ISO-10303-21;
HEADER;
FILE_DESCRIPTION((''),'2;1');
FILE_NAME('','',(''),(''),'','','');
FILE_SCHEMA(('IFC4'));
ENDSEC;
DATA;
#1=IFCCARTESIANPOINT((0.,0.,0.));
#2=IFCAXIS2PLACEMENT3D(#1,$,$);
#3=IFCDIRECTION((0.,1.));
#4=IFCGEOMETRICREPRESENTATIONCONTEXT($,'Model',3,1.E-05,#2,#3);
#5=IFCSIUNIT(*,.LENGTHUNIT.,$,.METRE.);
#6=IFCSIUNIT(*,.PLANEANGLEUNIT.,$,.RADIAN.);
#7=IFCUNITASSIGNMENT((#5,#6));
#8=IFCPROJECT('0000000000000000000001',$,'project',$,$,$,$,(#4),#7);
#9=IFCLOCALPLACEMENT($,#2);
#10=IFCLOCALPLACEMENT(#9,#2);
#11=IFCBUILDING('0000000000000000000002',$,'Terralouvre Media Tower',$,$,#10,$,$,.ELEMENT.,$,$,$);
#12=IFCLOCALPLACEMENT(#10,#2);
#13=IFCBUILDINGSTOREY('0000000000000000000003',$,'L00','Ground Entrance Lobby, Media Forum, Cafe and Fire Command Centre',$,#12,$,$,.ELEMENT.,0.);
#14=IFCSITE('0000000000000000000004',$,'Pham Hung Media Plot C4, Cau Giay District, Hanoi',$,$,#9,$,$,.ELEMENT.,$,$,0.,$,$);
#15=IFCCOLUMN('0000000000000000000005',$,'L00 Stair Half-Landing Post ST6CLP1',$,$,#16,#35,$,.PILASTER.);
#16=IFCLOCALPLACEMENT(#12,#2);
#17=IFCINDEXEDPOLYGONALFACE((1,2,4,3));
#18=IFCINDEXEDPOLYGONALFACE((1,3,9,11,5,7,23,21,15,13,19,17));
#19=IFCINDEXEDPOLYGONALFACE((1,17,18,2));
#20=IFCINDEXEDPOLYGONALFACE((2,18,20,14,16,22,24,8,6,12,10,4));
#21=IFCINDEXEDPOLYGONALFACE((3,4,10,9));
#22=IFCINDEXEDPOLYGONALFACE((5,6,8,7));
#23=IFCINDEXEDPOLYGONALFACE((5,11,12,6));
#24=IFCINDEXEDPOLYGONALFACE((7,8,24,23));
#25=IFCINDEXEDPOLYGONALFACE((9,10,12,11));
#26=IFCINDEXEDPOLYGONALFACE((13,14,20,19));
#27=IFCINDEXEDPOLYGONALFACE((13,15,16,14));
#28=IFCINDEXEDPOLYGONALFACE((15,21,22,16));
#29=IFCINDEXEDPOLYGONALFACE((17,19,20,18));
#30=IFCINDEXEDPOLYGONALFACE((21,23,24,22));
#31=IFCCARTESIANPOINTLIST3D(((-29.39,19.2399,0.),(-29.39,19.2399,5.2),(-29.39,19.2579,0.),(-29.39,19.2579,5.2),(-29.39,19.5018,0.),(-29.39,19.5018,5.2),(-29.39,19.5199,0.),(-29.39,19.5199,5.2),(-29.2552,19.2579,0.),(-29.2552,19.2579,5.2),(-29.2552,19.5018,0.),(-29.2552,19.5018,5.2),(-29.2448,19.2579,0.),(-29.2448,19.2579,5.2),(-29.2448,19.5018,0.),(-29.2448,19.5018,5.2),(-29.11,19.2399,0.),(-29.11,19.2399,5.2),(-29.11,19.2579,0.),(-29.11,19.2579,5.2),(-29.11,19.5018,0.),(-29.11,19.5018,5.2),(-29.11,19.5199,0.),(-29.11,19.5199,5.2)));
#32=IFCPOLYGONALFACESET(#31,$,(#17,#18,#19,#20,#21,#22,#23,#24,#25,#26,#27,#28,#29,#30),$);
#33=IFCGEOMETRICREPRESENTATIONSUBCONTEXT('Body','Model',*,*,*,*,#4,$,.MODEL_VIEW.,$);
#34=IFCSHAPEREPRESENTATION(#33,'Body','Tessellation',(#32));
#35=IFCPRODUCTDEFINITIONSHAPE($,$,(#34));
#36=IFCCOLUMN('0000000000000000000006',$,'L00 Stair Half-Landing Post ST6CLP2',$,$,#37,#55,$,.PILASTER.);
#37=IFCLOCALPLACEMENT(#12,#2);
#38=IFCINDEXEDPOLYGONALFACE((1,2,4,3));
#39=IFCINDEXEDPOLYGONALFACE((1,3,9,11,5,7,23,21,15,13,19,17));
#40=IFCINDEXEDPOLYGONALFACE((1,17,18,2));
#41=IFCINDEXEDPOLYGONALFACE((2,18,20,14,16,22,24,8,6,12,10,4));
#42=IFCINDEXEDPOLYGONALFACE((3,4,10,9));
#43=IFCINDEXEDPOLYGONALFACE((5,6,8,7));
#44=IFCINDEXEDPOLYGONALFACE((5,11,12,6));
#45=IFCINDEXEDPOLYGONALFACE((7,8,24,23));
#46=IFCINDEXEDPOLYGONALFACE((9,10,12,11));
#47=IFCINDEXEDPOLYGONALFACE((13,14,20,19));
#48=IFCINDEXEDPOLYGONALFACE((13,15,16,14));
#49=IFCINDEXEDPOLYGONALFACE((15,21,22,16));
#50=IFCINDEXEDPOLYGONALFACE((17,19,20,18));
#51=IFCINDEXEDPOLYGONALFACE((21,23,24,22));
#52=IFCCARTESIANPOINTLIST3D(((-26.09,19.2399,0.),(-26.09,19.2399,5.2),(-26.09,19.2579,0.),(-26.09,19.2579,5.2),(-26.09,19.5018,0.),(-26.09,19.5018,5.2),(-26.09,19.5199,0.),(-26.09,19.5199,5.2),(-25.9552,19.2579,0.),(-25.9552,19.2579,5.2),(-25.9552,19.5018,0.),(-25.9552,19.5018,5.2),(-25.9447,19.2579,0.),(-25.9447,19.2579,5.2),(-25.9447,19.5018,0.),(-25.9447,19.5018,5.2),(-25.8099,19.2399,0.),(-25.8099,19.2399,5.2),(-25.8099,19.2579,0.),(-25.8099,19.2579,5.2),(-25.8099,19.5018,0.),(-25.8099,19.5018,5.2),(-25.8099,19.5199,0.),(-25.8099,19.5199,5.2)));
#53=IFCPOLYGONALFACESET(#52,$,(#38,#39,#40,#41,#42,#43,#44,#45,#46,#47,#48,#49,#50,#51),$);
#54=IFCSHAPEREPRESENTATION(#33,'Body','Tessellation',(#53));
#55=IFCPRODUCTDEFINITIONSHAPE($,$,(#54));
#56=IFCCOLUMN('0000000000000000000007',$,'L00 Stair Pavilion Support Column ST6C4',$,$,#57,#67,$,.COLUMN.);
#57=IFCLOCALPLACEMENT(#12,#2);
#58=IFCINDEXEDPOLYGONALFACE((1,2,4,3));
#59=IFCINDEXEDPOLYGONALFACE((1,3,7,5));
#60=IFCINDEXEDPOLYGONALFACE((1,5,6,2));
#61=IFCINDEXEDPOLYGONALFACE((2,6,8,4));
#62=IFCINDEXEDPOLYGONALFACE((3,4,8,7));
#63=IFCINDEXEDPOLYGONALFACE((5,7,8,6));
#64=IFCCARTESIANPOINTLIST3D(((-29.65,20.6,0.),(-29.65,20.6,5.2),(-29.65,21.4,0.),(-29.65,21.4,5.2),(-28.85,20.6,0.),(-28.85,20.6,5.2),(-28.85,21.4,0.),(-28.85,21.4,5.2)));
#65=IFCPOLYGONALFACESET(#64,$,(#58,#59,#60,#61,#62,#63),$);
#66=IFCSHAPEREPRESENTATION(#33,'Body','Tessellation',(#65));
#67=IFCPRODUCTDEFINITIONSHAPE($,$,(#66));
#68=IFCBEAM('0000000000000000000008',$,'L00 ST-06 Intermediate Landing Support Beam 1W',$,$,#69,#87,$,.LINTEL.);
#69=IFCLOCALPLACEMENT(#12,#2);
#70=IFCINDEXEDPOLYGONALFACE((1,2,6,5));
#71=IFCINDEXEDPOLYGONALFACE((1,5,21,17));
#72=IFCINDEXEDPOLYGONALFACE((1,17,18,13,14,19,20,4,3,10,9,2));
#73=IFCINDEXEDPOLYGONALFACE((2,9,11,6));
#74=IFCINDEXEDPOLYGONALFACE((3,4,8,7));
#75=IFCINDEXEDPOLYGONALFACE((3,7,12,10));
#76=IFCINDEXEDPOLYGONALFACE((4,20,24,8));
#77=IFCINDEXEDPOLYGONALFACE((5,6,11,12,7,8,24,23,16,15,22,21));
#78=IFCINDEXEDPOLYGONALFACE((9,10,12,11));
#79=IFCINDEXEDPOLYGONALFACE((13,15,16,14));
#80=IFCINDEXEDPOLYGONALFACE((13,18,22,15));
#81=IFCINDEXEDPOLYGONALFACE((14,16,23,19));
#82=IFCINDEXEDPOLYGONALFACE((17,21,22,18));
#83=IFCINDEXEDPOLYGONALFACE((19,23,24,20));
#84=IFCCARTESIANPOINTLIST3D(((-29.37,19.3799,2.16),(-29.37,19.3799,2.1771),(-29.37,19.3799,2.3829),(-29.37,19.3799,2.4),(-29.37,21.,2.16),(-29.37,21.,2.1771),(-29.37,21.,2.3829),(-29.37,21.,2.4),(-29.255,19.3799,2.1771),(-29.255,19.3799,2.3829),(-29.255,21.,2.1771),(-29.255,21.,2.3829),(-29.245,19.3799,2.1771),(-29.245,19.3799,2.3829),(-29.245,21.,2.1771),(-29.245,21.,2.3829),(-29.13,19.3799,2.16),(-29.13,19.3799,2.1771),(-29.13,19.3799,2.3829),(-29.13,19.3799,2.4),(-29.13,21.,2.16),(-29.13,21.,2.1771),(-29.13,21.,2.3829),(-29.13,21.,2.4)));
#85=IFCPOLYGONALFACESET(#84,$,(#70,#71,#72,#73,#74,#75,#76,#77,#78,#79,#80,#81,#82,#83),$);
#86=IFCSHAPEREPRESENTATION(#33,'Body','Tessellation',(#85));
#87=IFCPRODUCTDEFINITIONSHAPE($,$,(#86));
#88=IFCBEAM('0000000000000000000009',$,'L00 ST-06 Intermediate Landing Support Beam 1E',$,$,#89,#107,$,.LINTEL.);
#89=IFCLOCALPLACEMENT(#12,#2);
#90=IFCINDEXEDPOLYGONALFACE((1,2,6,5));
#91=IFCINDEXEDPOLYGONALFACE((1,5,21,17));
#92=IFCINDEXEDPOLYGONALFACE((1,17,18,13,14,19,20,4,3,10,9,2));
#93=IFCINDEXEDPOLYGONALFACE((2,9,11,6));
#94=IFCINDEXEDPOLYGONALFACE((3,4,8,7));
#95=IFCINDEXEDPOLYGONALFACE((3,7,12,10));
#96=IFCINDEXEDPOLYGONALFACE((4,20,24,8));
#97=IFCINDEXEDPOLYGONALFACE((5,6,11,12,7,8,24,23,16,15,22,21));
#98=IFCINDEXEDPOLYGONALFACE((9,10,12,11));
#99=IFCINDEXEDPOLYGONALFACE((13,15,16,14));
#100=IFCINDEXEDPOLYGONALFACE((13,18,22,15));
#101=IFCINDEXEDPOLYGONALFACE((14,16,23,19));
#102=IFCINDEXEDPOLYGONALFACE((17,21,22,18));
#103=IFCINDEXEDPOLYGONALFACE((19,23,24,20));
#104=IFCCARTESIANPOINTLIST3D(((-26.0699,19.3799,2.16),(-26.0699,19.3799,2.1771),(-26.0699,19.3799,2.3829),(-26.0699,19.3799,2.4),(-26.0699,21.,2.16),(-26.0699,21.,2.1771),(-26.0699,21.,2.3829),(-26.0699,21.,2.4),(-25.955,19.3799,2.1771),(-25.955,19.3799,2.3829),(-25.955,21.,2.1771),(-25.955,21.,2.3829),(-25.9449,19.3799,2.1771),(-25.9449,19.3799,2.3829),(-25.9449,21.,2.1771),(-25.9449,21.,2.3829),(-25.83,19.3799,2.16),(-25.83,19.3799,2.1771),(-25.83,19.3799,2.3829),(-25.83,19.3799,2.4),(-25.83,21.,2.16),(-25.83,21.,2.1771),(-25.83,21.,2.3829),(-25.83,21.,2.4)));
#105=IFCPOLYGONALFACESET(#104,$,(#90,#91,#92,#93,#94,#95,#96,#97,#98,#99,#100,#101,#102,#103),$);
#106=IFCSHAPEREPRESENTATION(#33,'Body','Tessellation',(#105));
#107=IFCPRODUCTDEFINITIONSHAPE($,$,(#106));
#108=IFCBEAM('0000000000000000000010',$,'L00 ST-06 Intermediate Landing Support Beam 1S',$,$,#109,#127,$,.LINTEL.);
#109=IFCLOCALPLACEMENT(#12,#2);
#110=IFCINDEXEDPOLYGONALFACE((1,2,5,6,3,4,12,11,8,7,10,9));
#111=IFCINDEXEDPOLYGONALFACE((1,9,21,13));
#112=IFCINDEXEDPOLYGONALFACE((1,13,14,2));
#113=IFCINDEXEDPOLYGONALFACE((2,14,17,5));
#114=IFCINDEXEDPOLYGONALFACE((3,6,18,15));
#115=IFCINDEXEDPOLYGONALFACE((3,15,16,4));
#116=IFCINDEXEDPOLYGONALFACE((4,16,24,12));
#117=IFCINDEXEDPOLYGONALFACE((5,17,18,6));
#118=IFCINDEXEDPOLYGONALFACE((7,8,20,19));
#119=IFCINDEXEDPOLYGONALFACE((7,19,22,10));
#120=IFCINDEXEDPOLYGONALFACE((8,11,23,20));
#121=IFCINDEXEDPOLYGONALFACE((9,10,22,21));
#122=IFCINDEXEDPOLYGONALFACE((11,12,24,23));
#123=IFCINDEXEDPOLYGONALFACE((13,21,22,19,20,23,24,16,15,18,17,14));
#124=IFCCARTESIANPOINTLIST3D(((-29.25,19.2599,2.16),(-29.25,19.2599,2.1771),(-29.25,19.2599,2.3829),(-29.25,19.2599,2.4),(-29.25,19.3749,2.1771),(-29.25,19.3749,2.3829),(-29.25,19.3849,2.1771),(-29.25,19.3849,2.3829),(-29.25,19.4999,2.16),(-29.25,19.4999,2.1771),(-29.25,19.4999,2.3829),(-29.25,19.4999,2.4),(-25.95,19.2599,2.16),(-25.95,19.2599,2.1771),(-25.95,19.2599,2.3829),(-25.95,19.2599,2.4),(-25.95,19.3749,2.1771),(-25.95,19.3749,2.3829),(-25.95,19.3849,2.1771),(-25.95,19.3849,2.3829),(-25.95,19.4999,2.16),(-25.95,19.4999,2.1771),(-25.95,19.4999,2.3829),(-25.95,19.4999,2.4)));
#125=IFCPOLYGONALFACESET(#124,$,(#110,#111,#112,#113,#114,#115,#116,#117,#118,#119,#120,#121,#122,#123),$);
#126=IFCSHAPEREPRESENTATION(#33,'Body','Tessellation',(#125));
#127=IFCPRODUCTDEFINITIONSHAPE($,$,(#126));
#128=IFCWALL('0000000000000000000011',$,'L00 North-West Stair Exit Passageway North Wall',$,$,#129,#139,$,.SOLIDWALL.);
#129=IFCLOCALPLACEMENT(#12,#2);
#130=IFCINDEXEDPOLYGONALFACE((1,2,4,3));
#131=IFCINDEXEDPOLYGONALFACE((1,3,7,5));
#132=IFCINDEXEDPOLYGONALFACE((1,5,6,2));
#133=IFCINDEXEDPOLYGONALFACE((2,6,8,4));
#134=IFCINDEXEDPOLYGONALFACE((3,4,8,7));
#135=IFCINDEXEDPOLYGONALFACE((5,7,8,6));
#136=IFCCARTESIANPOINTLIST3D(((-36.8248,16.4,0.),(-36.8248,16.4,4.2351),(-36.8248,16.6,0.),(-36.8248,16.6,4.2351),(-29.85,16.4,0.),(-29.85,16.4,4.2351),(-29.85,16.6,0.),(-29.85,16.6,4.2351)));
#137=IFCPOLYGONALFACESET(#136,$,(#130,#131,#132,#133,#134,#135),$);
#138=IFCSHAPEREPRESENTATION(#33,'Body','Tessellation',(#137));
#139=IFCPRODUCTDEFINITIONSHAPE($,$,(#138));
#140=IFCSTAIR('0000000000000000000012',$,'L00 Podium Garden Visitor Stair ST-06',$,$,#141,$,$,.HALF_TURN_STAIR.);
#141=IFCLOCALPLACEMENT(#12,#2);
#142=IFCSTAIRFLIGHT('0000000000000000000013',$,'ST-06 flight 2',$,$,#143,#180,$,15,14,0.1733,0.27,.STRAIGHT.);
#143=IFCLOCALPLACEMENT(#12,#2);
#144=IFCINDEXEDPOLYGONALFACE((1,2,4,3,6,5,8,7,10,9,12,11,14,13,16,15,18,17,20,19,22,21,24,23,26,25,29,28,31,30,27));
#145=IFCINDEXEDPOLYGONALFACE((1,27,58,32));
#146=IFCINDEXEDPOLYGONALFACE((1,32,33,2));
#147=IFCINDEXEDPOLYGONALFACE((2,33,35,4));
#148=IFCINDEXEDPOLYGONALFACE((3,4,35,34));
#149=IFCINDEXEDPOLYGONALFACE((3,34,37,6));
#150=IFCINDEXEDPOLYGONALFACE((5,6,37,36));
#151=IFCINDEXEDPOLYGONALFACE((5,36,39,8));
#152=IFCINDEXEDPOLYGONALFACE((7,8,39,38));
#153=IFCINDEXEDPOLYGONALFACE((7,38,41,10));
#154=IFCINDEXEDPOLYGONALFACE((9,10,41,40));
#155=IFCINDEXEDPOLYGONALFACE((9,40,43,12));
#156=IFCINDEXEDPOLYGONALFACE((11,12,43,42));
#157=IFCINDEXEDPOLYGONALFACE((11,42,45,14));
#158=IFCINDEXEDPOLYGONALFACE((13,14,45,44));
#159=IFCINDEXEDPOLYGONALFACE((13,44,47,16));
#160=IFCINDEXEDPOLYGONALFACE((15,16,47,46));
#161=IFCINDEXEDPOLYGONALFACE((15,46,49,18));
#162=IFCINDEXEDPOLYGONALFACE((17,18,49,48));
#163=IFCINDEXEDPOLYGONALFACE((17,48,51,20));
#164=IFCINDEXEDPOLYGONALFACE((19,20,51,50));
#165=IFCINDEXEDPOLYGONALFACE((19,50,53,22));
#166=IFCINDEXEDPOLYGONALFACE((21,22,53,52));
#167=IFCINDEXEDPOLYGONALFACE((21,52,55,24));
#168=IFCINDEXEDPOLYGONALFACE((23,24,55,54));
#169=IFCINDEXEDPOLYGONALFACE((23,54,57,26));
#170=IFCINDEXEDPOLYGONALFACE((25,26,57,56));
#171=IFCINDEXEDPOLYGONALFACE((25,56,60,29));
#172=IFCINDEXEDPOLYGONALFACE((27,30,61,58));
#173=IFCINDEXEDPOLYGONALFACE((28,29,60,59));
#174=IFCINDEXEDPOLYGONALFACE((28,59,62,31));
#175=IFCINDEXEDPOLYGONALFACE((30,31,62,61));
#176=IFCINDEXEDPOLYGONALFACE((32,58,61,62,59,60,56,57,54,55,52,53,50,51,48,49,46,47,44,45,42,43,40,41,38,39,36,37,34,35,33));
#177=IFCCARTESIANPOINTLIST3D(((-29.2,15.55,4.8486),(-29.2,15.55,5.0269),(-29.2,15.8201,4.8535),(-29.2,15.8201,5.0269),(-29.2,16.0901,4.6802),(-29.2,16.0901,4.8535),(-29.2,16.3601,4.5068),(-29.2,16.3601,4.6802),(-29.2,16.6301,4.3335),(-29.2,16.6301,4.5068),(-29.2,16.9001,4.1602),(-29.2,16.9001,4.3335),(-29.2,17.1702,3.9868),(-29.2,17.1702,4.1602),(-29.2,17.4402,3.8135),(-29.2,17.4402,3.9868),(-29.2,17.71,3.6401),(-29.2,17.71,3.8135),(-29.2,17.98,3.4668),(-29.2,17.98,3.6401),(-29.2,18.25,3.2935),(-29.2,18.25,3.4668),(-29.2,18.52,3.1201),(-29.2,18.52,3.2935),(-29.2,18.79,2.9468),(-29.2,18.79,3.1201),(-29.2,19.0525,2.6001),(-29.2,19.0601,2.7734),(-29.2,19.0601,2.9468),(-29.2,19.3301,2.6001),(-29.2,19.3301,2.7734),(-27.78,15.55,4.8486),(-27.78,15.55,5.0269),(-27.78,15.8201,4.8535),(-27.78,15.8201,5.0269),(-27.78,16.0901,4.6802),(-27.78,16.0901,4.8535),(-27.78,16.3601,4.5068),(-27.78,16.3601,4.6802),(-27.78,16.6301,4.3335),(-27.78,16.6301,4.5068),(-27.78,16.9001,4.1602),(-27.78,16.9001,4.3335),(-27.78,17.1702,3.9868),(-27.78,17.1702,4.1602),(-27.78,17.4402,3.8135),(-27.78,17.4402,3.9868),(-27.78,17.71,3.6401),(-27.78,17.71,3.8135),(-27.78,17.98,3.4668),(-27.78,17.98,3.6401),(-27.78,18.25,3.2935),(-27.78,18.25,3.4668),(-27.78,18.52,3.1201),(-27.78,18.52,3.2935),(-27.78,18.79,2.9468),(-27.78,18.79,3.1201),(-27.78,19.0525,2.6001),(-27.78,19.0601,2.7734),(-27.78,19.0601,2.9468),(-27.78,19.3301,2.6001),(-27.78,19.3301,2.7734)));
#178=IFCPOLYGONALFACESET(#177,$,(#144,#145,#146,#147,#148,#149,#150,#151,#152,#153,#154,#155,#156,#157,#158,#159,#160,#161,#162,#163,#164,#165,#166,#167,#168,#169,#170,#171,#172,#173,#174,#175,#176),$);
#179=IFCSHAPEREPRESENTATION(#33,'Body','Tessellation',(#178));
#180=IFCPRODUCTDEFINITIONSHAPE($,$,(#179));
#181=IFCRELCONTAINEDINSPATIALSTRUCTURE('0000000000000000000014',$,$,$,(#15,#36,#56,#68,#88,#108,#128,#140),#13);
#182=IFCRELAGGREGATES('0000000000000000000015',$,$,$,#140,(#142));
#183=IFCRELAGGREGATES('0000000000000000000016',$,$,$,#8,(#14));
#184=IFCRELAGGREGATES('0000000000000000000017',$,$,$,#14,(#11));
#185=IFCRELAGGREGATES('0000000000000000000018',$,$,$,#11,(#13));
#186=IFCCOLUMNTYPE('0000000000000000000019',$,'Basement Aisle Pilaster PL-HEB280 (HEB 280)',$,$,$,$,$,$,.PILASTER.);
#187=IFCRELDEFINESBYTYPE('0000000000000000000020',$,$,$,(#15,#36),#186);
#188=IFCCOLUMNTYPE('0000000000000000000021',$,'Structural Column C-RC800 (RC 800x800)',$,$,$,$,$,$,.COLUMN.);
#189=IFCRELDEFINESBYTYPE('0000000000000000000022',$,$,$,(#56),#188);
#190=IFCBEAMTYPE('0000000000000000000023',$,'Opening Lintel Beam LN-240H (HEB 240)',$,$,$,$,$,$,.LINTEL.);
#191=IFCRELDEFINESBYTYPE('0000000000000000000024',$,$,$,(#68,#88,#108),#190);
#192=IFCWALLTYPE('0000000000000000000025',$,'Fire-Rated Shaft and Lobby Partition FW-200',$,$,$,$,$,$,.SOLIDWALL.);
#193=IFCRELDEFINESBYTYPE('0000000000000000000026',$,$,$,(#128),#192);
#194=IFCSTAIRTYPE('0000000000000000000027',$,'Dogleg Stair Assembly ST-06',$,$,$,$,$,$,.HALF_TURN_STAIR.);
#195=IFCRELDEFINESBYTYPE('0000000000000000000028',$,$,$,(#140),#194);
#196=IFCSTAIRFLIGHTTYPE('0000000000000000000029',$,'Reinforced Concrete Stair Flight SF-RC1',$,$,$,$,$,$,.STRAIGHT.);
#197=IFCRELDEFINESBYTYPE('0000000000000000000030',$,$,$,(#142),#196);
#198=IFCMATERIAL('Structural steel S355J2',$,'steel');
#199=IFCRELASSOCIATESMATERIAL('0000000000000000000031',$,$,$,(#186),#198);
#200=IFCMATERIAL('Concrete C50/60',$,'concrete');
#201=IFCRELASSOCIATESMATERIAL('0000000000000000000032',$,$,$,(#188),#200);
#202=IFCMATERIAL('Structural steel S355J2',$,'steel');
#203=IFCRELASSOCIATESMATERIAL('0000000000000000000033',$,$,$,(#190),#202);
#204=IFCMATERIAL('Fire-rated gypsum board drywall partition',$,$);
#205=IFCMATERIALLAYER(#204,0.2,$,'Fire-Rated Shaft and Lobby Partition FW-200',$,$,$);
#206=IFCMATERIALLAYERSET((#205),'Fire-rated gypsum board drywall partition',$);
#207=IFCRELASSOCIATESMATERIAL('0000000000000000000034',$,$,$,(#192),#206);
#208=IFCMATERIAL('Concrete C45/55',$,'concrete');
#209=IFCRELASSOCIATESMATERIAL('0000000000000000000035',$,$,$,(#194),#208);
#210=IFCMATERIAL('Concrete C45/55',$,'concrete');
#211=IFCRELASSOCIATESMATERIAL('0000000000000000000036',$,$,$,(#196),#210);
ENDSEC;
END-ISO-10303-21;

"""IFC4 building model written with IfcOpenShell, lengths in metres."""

from ifc_helpers import new_model, si_unit, direction, frame, frame_2d, origin, origin_2d, place, context, subcontext, project, spatial, polyline, rectangle, i_section, outline, extrude, material, layer, layer_set, material_profile, profile_set, type_object, element, aggregate, save


model = new_model("IFC4")

# Units and contexts
model_context = context("Model", 3, precision=1e-05, world=origin(), true_north=direction((0.0, 1.0)))
body_context = subcontext(model_context, "Body", "Model", "MODEL_VIEW")
ifc_project = project(units=[si_unit("LENGTHUNIT", "METRE"), si_unit("PLANEANGLEUNIT", "RADIAN")], contexts=[model_context])

# Site, building, storey
site_placement = place(None, origin())
site = spatial("IfcSite", under=ifc_project, at=site_placement, Name="Pham Hung Media Plot C4, Cau Giay District, Hanoi", CompositionType="ELEMENT", RefElevation=0.0)
building_placement = place(site_placement, origin())
building = spatial("IfcBuilding", under=site, at=building_placement, Name="Terralouvre Media Tower", CompositionType="ELEMENT")
storey_placement = place(building_placement, origin())
storey = spatial("IfcBuildingStorey", under=building, at=storey_placement, Name="L00", Description="Ground Entrance Lobby, Media Forum, Cafe and Fire Command Centre", CompositionType="ELEMENT", Elevation=0.0)

# Columns
ifc_material_1 = material(Name="Structural steel S355J2", Category="steel")
ifc_material_profile_1 = material_profile(ifc_material_1, i_section(OverallWidth=0.28, OverallDepth=0.28, WebThickness=0.0105, FlangeThickness=0.0181, at=origin_2d()), Name="HEB 280")
ifc_profile_set_1 = profile_set([ifc_material_profile_1], Name="Structural steel S355J2")
column_type_1 = type_object("IfcColumnType", Name="Basement Aisle Pilaster PL-HEB280 (HEB 280)", PredefinedType="PILASTER", material=ifc_profile_set_1)
for number, where, z_axis, x_axis, name in (
    (1, (-29.25, 19.3799, 0.0), (0.0, 0.0, 1.0), (1.0, 0.0, 0.0), "L00 Stair Half-Landing Post ST6CLP1"),
    (2, (-25.95, 19.3799, 0.0), (0.0, 0.0, 1.0), (1.0, 0.0, 0.0), "L00 Stair Half-Landing Post ST6CLP2"),
):
    element("IfcColumn", number, at=place(storey_placement, frame(where, z_axis=z_axis, x_axis=x_axis)), inside=storey, type_object=column_type_1, Name=name, PredefinedType="PILASTER", context=body_context, shape_type="SweptSolid", body=[
        extrude(i_section(OverallWidth=0.28, OverallDepth=0.28, WebThickness=0.0105, FlangeThickness=0.0181, at=origin_2d()), origin(), (0.0, 0.0, 1.0), 5.2),
    ])
ifc_material_2 = material(Name="Concrete C50/60", Category="concrete")
ifc_material_profile_2 = material_profile(ifc_material_2, rectangle(XDim=0.8, YDim=0.8, at=origin_2d()), Name="RC 800x800")
ifc_profile_set_2 = profile_set([ifc_material_profile_2], Name="Concrete C50/60")
column_type_2 = type_object("IfcColumnType", Name="Structural Column C-RC800 (RC 800x800)", PredefinedType="COLUMN", material=ifc_profile_set_2)
column_placement = place(storey_placement, frame((-29.25, 21.0, 0.0), z_axis=(0.0, 0.0, 1.0), x_axis=(1.0, 0.0, 0.0)))
element("IfcColumn", 3, at=column_placement, inside=storey, type_object=column_type_2, Name="L00 Stair Pavilion Support Column ST6C4", PredefinedType="COLUMN", context=body_context, shape_type="SweptSolid", body=[
    extrude(rectangle(XDim=0.8, YDim=0.8, at=origin_2d()), origin(), (0.0, 0.0, 1.0), 5.2),
])

# Beams
ifc_material_3 = material(Name="Structural steel S355J2", Category="steel")
ifc_material_profile_3 = material_profile(ifc_material_3, i_section(OverallWidth=0.24, OverallDepth=0.24, WebThickness=0.01, FlangeThickness=0.0171, at=origin_2d()), Name="HEB 240")
ifc_profile_set_3 = profile_set([ifc_material_profile_3], Name="Structural steel S355J2")
beam_type = type_object("IfcBeamType", Name="Opening Lintel Beam LN-240H (HEB 240)", PredefinedType="LINTEL", material=ifc_profile_set_3)
for number, where, z_axis, x_axis, name in (
    (4, (-29.25, 19.3799, 2.28), (0.0, 1.0, 0.0), (-1.0, 0.0, 0.0), "L00 ST-06 Intermediate Landing Support Beam 1W"),
    (5, (-25.95, 19.3799, 2.28), (0.0, 1.0, 0.0), (-1.0, 0.0, 0.0), "L00 ST-06 Intermediate Landing Support Beam 1E"),
):
    element("IfcBeam", number, at=place(storey_placement, frame(where, z_axis=z_axis, x_axis=x_axis)), inside=storey, type_object=beam_type, Name=name, PredefinedType="LINTEL", context=body_context, shape_type="SweptSolid", body=[
        extrude(i_section(OverallWidth=0.24, OverallDepth=0.24, WebThickness=0.01, FlangeThickness=0.0171, at=origin_2d()), origin(), (0.0, 0.0, 1.0), 1.6201),
    ])
beam_placement = place(storey_placement, frame((-29.25, 19.3799, 2.28), z_axis=(1.0, 0.0, 0.0), x_axis=(0.0, 1.0, 0.0)))
element("IfcBeam", 6, at=beam_placement, inside=storey, type_object=beam_type, Name="L00 ST-06 Intermediate Landing Support Beam 1S", PredefinedType="LINTEL", context=body_context, shape_type="SweptSolid", body=[
    extrude(i_section(OverallWidth=0.24, OverallDepth=0.24, WebThickness=0.01, FlangeThickness=0.0171, at=origin_2d()), origin(), (0.0, 0.0, 1.0), 3.3),
])

# Wall
ifc_material_4 = material(Name="Fire-rated gypsum board drywall partition")
ifc_layer_1 = layer(ifc_material_4, 0.2, Name="Fire-Rated Shaft and Lobby Partition FW-200")
ifc_layer_set_1 = layer_set([ifc_layer_1], Name="Fire-rated gypsum board drywall partition")
wall_type = type_object("IfcWallType", Name="Fire-Rated Shaft and Lobby Partition FW-200", PredefinedType="SOLIDWALL", material=ifc_layer_set_1)
wall_placement = place(storey_placement, frame((-29.8501, 16.5, 0.0), z_axis=(0.0, 0.0, 1.0), x_axis=(-1.0, 0.0, 0.0)))
element("IfcWall", 7, at=wall_placement, inside=storey, type_object=wall_type, Name="L00 North-West Stair Exit Passageway North Wall", PredefinedType="SOLIDWALL", context=body_context, shape_type="SweptSolid", body=[
    extrude(rectangle(XDim=6.9749, YDim=0.2, at=frame_2d((3.4873, 0.0))), origin(), (0.0, 0.0, 1.0), 4.2351),
])

# Stair, stair flight
ifc_material_5 = material(Name="Concrete C45/55", Category="concrete")
stair_type = type_object("IfcStairType", Name="Dogleg Stair Assembly ST-06", PredefinedType="HALF_TURN_STAIR", material=ifc_material_5)
stair_placement = place(storey_placement, origin())
stair = element("IfcStair", 8, at=stair_placement, inside=storey, type_object=stair_type, Name="L00 Podium Garden Visitor Stair ST-06", PredefinedType="HALF_TURN_STAIR")
ifc_material_6 = material(Name="Concrete C45/55", Category="concrete")
stair_flight_type = type_object("IfcStairFlightType", Name="Reinforced Concrete Stair Flight SF-RC1", PredefinedType="STRAIGHT", material=ifc_material_6)
stair_flight_placement = place(storey_placement, frame((-28.49, 19.3301, 2.6001), z_axis=(0.0, 0.0, 1.0), x_axis=(0.0, -1.0, 0.0)))
stair_flight = element("IfcStairFlight", 9, at=stair_flight_placement, type_object=stair_flight_type, Name="ST-06 flight 2", NumberOfRisers=15, NumberOfTreads=14, PredefinedType="STRAIGHT", RiserHeight=0.1733, TreadLength=0.27, context=body_context, shape_type="SweptSolid", body=[
    extrude(outline(polyline([(0.0, 0.0), (0.0, 0.1733), (0.27, 0.1733), (0.27, 0.3467), (0.54, 0.3467), (0.54, 0.52), (0.8101, 0.52), (0.8101, 0.6934), (1.0801, 0.6934), (1.0801, 0.8667), (1.3501, 0.8667), (1.3501, 1.04), (1.6201, 1.04), (1.6201, 1.2134), (1.8899, 1.2134), (1.8899, 1.3867), (2.1599, 1.3867), (2.1599, 1.5601), (2.4299, 1.5601), (2.4299, 1.7334), (2.7, 1.7334), (2.7, 1.9067), (2.97, 1.9067), (2.97, 2.0801), (3.24, 2.0801), (3.24, 2.2534), (3.51, 2.2534), (3.51, 2.4268), (3.78, 2.4268), (3.78, 2.6001), (3.78, 2.2485), (0.2776, 0.0), (0.0, 0.0)])), frame((0.0, 0.71, 0.0), z_axis=(0.0, -1.0, 0.0), x_axis=(1.0, 0.0, 0.0)), (0.0, 0.0, 1.0), 1.4199),
])
aggregate(stair, [stair_flight])

save(model, "model.ifc")
